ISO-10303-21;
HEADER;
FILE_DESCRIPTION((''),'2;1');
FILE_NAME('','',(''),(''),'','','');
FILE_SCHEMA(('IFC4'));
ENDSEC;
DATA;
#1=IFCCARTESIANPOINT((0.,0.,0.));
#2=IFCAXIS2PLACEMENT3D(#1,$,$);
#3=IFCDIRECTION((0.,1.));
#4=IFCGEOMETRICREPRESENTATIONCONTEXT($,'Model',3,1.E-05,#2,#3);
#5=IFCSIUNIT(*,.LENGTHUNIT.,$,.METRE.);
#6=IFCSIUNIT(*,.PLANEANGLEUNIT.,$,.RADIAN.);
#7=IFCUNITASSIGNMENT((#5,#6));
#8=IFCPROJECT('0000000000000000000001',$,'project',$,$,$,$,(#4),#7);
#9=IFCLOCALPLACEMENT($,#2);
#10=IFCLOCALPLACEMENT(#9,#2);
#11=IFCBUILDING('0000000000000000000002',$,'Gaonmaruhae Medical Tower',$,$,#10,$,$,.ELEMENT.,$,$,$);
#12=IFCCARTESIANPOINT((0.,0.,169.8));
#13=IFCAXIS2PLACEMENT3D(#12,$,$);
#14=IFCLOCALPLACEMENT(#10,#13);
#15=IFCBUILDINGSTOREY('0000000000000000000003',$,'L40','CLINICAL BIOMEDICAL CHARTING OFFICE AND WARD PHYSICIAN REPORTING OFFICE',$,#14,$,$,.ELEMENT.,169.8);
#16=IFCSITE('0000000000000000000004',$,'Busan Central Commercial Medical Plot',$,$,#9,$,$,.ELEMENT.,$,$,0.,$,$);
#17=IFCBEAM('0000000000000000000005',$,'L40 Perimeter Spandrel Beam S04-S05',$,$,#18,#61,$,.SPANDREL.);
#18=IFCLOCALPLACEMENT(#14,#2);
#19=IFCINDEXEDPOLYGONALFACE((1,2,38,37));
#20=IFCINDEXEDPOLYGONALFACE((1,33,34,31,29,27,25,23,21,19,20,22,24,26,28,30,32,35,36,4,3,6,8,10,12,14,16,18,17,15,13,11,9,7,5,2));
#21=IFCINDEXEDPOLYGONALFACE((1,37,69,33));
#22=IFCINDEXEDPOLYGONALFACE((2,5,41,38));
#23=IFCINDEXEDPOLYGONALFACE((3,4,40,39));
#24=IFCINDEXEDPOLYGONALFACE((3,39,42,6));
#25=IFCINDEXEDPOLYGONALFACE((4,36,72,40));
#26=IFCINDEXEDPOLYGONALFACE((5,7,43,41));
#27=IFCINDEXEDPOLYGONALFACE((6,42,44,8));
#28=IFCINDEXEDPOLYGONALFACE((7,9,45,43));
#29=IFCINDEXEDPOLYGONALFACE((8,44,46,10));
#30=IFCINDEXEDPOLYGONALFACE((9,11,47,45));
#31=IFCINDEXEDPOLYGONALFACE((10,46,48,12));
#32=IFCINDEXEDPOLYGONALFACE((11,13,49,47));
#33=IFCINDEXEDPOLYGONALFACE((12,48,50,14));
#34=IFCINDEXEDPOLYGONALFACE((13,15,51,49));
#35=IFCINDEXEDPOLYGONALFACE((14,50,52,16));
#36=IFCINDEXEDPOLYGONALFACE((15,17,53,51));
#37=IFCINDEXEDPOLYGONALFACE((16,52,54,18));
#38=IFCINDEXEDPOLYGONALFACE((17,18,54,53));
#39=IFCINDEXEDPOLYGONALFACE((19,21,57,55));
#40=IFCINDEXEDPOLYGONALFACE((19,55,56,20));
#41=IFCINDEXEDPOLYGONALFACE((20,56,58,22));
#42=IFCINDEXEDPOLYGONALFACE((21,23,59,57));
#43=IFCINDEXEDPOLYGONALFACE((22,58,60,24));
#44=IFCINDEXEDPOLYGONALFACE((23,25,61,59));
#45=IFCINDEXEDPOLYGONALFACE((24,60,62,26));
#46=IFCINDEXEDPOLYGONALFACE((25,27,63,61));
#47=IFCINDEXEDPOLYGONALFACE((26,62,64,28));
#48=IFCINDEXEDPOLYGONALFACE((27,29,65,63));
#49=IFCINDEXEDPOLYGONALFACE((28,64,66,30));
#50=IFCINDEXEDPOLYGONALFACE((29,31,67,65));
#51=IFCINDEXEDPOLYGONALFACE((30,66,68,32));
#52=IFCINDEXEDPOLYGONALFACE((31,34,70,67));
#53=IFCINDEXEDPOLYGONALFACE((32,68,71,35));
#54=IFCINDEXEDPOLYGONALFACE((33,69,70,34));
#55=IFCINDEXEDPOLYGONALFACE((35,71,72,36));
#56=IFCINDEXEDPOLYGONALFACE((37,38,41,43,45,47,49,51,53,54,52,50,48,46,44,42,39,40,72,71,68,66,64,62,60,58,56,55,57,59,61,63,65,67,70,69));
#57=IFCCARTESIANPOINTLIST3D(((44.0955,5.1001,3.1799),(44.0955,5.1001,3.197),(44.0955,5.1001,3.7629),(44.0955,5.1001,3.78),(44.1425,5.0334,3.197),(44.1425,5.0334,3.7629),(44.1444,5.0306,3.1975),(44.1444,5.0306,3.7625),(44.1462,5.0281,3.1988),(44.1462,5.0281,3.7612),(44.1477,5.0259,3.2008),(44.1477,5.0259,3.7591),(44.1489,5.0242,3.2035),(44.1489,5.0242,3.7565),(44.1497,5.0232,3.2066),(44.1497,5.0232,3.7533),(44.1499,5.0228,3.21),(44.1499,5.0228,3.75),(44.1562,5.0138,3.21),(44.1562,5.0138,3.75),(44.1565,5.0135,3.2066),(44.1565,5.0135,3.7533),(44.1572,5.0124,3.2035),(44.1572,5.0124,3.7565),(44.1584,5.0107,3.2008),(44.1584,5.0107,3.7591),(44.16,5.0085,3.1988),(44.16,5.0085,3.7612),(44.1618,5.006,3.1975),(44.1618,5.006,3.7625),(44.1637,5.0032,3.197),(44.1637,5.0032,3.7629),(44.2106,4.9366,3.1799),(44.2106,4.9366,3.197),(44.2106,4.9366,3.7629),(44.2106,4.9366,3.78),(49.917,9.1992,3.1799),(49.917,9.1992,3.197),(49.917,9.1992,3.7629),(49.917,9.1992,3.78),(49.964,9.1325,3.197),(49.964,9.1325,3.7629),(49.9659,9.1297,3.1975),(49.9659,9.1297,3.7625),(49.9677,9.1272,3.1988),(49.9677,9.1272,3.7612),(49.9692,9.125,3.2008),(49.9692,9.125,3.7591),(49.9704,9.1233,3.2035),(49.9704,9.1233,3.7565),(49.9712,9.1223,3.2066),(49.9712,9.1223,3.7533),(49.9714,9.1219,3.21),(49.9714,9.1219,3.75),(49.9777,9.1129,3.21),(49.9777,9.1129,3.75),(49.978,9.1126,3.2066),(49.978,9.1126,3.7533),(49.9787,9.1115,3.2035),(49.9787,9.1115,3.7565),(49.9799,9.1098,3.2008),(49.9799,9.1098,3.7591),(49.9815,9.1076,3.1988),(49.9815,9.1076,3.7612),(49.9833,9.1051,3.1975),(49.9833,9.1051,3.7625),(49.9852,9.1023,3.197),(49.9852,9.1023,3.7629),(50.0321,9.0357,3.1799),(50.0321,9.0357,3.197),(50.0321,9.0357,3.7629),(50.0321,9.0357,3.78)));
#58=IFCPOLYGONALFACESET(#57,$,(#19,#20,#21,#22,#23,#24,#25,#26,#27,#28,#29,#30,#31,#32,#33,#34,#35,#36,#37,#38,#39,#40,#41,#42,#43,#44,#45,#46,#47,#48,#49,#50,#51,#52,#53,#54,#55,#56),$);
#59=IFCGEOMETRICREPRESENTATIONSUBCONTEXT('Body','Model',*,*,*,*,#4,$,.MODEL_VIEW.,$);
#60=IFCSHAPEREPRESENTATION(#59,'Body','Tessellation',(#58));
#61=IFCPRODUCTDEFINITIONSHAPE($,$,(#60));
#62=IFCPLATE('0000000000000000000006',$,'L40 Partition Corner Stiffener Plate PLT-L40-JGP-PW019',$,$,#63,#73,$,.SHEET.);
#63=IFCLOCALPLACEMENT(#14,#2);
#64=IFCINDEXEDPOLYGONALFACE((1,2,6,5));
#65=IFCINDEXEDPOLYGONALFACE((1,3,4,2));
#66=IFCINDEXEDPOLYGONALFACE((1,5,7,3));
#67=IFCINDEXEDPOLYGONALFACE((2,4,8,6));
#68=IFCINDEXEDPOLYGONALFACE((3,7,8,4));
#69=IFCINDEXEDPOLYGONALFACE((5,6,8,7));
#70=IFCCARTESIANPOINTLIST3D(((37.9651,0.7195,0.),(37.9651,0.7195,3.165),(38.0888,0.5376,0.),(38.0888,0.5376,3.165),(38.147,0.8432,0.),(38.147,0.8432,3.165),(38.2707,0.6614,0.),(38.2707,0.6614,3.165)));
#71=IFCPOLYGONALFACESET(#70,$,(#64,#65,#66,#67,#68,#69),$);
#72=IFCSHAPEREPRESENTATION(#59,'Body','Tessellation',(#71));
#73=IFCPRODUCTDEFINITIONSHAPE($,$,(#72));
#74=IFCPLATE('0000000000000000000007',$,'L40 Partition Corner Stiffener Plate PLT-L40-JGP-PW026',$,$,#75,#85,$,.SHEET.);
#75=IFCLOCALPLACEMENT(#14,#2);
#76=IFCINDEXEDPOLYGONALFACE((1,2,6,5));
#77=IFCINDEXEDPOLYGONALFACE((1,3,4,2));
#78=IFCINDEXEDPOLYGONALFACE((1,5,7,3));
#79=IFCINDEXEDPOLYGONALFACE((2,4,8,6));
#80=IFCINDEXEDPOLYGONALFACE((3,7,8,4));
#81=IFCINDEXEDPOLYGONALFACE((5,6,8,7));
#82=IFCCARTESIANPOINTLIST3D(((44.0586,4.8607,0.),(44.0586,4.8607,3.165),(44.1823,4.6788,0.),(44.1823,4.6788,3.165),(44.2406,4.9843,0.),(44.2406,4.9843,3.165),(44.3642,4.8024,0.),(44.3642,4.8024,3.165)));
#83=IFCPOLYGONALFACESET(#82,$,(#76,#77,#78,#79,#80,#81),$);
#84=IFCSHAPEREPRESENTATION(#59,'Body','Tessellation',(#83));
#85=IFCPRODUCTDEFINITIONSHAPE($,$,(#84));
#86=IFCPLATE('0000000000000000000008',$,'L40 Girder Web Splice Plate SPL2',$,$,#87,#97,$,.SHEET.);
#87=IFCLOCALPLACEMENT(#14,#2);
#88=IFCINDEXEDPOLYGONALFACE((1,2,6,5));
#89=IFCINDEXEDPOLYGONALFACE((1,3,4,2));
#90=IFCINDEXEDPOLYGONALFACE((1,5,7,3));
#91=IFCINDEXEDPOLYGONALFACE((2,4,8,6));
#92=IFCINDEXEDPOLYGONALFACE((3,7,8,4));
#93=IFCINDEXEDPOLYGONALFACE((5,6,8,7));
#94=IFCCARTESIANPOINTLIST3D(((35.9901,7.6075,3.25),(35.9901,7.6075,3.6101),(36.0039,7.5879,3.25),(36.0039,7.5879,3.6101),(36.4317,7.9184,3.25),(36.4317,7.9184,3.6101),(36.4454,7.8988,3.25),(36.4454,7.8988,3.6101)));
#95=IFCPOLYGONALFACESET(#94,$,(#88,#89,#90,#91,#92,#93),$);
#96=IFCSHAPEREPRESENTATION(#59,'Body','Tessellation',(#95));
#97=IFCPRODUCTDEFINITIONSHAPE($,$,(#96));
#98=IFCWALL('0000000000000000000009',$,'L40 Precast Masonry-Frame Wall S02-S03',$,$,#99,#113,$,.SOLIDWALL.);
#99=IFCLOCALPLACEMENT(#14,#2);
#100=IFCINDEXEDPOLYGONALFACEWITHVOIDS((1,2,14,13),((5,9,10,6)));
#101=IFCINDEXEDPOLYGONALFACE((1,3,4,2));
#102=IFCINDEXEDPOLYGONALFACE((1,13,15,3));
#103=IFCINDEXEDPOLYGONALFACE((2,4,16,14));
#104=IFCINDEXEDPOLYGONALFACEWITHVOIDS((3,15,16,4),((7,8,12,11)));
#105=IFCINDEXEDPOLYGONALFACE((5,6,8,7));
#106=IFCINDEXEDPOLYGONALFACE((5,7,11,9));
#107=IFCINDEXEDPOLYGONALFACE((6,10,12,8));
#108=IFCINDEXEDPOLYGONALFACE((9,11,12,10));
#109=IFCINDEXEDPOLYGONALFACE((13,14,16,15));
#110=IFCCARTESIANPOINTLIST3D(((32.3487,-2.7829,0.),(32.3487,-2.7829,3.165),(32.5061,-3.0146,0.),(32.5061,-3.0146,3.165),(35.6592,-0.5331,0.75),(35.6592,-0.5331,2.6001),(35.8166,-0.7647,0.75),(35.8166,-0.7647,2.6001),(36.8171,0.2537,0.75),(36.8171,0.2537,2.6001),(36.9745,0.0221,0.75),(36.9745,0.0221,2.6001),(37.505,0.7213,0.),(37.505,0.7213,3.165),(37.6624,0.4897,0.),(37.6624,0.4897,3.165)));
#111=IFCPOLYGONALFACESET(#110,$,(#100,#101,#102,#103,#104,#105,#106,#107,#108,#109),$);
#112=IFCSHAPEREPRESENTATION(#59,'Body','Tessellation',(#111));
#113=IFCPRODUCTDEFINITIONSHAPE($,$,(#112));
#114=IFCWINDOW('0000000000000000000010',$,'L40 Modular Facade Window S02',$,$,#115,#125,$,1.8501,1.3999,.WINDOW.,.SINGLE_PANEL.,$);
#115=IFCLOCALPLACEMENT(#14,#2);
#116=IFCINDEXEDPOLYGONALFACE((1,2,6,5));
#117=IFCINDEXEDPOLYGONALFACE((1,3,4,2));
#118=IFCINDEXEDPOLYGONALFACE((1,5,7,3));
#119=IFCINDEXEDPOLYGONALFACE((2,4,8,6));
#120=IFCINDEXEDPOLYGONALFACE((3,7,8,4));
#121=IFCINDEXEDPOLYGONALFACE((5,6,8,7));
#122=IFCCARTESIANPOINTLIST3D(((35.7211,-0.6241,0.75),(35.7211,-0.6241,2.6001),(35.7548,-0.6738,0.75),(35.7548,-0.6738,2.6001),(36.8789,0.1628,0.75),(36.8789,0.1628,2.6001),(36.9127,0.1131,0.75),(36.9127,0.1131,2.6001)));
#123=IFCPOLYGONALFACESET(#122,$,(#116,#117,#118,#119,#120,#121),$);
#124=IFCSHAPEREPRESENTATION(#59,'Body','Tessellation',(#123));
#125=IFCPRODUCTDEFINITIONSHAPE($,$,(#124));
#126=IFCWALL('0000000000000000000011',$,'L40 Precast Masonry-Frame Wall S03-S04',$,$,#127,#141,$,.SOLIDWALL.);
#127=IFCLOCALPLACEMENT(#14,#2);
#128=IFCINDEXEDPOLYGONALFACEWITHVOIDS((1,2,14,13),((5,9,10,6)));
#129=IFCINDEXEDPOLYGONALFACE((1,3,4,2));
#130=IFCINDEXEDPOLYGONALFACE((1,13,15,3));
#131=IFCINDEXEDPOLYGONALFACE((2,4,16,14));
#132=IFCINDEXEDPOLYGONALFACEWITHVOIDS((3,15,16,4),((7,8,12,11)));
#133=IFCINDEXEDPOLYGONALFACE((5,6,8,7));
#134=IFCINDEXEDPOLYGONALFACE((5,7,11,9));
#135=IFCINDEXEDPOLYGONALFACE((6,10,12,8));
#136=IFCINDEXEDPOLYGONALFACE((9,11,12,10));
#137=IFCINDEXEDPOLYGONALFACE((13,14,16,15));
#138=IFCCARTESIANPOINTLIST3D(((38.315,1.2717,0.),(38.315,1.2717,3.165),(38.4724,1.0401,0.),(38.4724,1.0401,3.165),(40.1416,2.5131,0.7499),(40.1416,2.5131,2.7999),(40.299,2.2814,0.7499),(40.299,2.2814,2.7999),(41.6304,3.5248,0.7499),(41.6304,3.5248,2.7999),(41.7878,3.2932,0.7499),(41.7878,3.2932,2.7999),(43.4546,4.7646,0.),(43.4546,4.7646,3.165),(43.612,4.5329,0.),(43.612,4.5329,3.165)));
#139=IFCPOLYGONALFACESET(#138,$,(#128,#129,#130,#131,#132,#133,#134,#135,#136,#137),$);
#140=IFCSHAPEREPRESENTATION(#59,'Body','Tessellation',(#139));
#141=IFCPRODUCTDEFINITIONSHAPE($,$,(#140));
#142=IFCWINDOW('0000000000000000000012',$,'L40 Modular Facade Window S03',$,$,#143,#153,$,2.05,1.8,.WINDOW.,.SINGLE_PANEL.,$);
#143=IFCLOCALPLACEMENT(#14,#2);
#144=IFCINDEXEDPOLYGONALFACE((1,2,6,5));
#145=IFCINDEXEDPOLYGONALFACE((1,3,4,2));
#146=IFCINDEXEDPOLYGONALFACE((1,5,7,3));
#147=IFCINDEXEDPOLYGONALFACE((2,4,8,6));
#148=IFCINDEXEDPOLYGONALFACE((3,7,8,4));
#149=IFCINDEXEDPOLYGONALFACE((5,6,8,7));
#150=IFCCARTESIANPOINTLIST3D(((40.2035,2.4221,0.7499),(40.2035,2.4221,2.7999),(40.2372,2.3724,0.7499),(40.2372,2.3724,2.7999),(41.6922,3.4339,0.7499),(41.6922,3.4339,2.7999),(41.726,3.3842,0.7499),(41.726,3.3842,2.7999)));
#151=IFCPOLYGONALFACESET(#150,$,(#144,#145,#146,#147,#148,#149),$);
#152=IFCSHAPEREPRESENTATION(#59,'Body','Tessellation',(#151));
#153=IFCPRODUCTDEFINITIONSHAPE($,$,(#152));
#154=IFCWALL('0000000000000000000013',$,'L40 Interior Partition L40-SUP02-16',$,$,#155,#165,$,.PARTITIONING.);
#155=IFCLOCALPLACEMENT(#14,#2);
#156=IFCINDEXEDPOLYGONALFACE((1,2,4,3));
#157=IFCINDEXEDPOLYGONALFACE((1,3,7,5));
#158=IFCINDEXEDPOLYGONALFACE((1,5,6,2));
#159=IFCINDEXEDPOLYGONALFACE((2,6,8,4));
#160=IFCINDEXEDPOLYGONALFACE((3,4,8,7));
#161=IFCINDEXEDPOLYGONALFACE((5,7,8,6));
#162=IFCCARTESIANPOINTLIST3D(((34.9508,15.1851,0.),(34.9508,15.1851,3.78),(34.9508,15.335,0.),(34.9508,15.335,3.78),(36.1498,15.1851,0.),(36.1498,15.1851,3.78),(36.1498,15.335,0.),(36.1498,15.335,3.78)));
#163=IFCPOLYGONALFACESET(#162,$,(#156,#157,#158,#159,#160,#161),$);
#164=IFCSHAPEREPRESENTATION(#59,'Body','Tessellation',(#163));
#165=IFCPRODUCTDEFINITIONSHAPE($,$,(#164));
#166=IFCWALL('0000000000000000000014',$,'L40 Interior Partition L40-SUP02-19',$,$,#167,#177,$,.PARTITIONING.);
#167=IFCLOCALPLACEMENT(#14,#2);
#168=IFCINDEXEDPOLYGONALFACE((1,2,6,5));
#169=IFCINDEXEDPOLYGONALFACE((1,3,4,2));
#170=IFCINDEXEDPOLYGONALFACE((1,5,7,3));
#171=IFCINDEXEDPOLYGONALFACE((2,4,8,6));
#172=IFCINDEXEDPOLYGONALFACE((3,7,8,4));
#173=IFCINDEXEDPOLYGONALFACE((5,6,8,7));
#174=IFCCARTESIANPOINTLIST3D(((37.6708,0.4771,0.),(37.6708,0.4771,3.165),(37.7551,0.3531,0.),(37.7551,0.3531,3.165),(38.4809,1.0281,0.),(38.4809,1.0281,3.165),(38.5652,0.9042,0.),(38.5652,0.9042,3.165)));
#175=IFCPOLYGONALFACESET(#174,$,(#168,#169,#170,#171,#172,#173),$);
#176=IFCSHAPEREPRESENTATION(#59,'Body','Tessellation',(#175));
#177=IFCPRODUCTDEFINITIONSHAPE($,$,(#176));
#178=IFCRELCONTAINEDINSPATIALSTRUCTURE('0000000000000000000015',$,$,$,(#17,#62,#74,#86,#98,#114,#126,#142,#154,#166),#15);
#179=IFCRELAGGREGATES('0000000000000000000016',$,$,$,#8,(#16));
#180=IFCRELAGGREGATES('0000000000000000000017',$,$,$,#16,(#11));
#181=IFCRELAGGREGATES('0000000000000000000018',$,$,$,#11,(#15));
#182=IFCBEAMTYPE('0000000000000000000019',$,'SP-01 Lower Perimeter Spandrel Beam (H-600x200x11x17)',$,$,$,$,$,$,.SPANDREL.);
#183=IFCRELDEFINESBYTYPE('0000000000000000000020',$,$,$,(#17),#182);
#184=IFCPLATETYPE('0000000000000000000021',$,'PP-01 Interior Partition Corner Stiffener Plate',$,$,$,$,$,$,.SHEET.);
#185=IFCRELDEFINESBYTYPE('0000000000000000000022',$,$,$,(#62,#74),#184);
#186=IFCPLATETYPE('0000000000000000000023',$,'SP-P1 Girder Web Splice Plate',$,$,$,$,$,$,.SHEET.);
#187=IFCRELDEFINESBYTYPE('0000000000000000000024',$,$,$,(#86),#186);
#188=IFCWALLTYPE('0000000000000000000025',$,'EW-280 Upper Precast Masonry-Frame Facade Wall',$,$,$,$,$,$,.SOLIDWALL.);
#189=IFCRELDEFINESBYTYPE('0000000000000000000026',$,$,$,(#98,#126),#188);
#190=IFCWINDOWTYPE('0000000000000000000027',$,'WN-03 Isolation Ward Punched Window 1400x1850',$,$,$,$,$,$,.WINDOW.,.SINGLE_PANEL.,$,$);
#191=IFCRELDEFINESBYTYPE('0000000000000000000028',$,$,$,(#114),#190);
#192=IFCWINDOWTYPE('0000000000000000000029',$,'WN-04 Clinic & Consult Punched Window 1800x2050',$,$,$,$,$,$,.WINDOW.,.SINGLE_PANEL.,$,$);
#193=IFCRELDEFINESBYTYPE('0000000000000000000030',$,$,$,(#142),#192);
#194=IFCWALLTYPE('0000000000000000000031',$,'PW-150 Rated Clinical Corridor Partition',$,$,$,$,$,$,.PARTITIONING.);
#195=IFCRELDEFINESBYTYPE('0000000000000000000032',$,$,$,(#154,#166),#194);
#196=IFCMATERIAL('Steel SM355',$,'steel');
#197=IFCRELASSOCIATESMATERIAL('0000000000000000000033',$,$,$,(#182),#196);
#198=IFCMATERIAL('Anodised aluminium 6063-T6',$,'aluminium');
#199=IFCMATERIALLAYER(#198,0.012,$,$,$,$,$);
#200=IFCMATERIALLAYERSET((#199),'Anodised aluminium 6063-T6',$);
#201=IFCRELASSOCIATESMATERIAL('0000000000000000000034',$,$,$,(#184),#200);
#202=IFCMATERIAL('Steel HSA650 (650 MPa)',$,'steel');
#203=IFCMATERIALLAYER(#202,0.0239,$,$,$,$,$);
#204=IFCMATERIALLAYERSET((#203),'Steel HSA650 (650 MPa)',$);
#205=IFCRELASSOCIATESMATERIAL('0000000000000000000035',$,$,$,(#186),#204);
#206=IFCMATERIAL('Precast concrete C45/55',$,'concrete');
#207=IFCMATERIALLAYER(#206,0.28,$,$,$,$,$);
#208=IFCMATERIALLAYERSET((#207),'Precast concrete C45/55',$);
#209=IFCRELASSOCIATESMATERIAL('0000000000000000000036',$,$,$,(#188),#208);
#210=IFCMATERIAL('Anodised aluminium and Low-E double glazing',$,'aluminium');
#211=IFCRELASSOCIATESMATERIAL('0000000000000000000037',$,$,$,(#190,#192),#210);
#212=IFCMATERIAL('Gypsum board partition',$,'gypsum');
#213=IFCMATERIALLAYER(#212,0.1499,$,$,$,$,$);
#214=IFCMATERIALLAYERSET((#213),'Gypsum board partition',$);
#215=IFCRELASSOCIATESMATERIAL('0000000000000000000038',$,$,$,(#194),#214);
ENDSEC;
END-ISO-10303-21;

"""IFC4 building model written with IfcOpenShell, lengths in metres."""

from ifc_helpers import new_model, si_unit, direction, frame, frame_2d, origin, origin_2d, place, context, subcontext, project, spatial, rectangle, i_section, extrude, material, layer, layer_set, material_profile, profile_set, type_object, element, fill, save


model = new_model("IFC4")

# Units and contexts
model_context = context("Model", 3, precision=1e-05, world=origin(), true_north=direction((0.0, 1.0)))
body_context = subcontext(model_context, "Body", "Model", "MODEL_VIEW")
ifc_project = project(units=[si_unit("LENGTHUNIT", "METRE"), si_unit("PLANEANGLEUNIT", "RADIAN")], contexts=[model_context])

# Site, building, storey
site_placement = place(None, origin())
site = spatial("IfcSite", under=ifc_project, at=site_placement, Name="Busan Central Commercial Medical Plot", CompositionType="ELEMENT", RefElevation=0.0)
building_placement = place(site_placement, origin())
building = spatial("IfcBuilding", under=site, at=building_placement, Name="Gaonmaruhae Medical Tower", CompositionType="ELEMENT")
storey_placement = place(building_placement, frame((0.0, 0.0, 169.8)))
storey = spatial("IfcBuildingStorey", under=building, at=storey_placement, Name="L40", Description="CLINICAL BIOMEDICAL CHARTING OFFICE AND WARD PHYSICIAN REPORTING OFFICE", CompositionType="ELEMENT", Elevation=169.8)

# Beam
ifc_material_1 = material(Name="Steel SM355", Category="steel")
ifc_material_profile_1 = material_profile(ifc_material_1, i_section(OverallWidth=0.2, OverallDepth=0.6001, WebThickness=0.011, FlangeThickness=0.0171, FilletRadius=0.0129, at=origin_2d()), Name="H-600x200x11x17")
ifc_profile_set_1 = profile_set([ifc_material_profile_1], Name="Steel SM355")
beam_type_1 = type_object("IfcBeamType", Name="SP-01 Lower Perimeter Spandrel Beam (H-600x200x11x17)", PredefinedType="SPANDREL", material=ifc_profile_set_1)
beam_1_placement = place(storey_placement, frame((44.1531, 5.0183, 3.48), z_axis=(0.817642, 0.575727, 0.0), x_axis=(-0.575727, 0.817642, 0.0)))
element("IfcBeam", 1, at=beam_1_placement, inside=storey, type_object=beam_type_1, Name="L40 Perimeter Spandrel Beam S04-S05", PredefinedType="SPANDREL", context=body_context, shape_type="SweptSolid", body=[
    extrude(i_section(OverallWidth=0.2, OverallDepth=0.6001, WebThickness=0.011, FlangeThickness=0.0171, FilletRadius=0.0129, at=origin_2d()), origin(), (0.0, 0.0, 1.0), 7.1199),
])

# Plates
ifc_material_2 = material(Name="Anodised aluminium 6063-T6", Category="aluminium")
ifc_layer_1 = layer(ifc_material_2, 0.012)
ifc_layer_set_1 = layer_set([ifc_layer_1], Name="Anodised aluminium 6063-T6")
plate_type_1 = type_object("IfcPlateType", Name="PP-01 Interior Partition Corner Stiffener Plate", PredefinedType="SHEET", material=ifc_layer_set_1)
for number, where, z_axis, x_axis, name in (
    (2, (38.1179, 0.6904, 0.0), (0.0, 0.0, 1.0), (-0.826835, -0.562444, 0.0), "L40 Partition Corner Stiffener Plate PLT-L40-JGP-PW019"),
    (3, (44.2114, 4.8315, 0.0), (0.0, 0.0, 1.0), (-0.8271, -0.562055, 0.0), "L40 Partition Corner Stiffener Plate PLT-L40-JGP-PW026"),
):
    element("IfcPlate", number, at=place(storey_placement, frame(where, z_axis=z_axis, x_axis=x_axis)), inside=storey, type_object=plate_type_1, Name=name, PredefinedType="SHEET", context=body_context, shape_type="SweptSolid", body=[
        extrude(rectangle(XDim=0.22, YDim=0.22, at=origin_2d()), origin(), (0.0, 0.0, 1.0), 3.165),
    ])
ifc_material_3 = material(Name="Steel HSA650 (650 MPa)", Category="steel")
ifc_layer_2 = layer(ifc_material_3, 0.0239)
ifc_layer_set_2 = layer_set([ifc_layer_2], Name="Steel HSA650 (650 MPa)")
plate_type_2 = type_object("IfcPlateType", Name="SP-P1 Girder Web Splice Plate", PredefinedType="SHEET", material=ifc_layer_set_2)
plate_placement = place(storey_placement, frame((36.2178, 7.7532, 3.25), z_axis=(0.0, 0.0, 1.0), x_axis=(0.817648, 0.575719, 0.0)))
element("IfcPlate", 4, at=plate_placement, inside=storey, type_object=plate_type_2, Name="L40 Girder Web Splice Plate SPL2", PredefinedType="SHEET", context=body_context, shape_type="SweptSolid", body=[
    extrude(rectangle(XDim=0.54, YDim=0.0239, at=origin_2d()), origin(), (0.0, 0.0, 1.0), 0.3601),
])

# Walls, openings, windows
ifc_material_4 = material(Name="Precast concrete C45/55", Category="concrete")
ifc_layer_3 = layer(ifc_material_4, 0.28)
ifc_layer_set_3 = layer_set([ifc_layer_3], Name="Precast concrete C45/55")
wall_type_1 = type_object("IfcWallType", Name="EW-280 Upper Precast Masonry-Frame Facade Wall", PredefinedType="SOLIDWALL", material=ifc_layer_set_3)
wall_1_placement = place(storey_placement, frame((37.5837, 0.6055, 0.0), z_axis=(0.0, 0.0, 1.0), x_axis=(-0.827083, -0.56208, 0.0)))
wall_1 = element("IfcWall", 5, at=wall_1_placement, inside=storey, type_object=wall_type_1, Name="L40 Precast Masonry-Frame Wall S02-S03", PredefinedType="SOLIDWALL", context=body_context, shape_type="SweptSolid", body=[
    extrude(rectangle(XDim=6.2344, YDim=0.28, at=frame_2d((3.1172, 0.0))), origin(), (0.0, 0.0, 1.0), 3.165),
])
opening_1_placement = place(wall_1_placement, frame((0.8318, 0.0, 0.75)))
opening_1 = element("IfcOpeningElement", 6, at=opening_1_placement, cuts=wall_1, PredefinedType="OPENING", context=body_context, shape_type="SweptSolid", body=[
    extrude(rectangle(XDim=1.3999, YDim=1.8501, at=frame_2d((0.7, 0.925))), frame((0.0, 0.1499, 0.0), z_axis=(0.0, -1.0, 0.0), x_axis=(1.0, 0.0, 0.0)), (0.0, 0.0, 1.0), 0.3),
])
ifc_material_5 = material(Name="Anodised aluminium and Low-E double glazing", Category="aluminium")
window_type_1 = type_object("IfcWindowType", Name="WN-03 Isolation Ward Punched Window 1400x1850", PartitioningType="SINGLE_PANEL", PredefinedType="WINDOW", material=ifc_material_5)
window_1_placement = place(opening_1_placement, origin())
window_1 = element("IfcWindow", 7, at=window_1_placement, inside=storey, type_object=window_type_1, Name="L40 Modular Facade Window S02", OverallHeight=1.8501, OverallWidth=1.3999, PartitioningType="SINGLE_PANEL", PredefinedType="WINDOW", context=body_context, shape_type="SweptSolid", body=[
    extrude(rectangle(XDim=1.3999, YDim=1.8501, at=frame_2d((0.7, 0.925))), frame((0.0, 0.03, 0.0), z_axis=(0.0, -1.0, 0.0), x_axis=(1.0, 0.0, 0.0)), (0.0, 0.0, 1.0), 0.0601),
])
fill(opening_1, window_1)
wall_2_placement = place(storey_placement, frame((43.5332, 4.6487, 0.0), z_axis=(0.0, 0.0, 1.0), x_axis=(-0.827079, -0.562085, 0.0)))
wall_2 = element("IfcWall", 8, at=wall_2_placement, inside=storey, type_object=wall_type_1, Name="L40 Precast Masonry-Frame Wall S03-S04", PredefinedType="SOLIDWALL", context=body_context, shape_type="SweptSolid", body=[
    extrude(rectangle(XDim=6.2141, YDim=0.28, at=frame_2d((3.1069, 0.0))), origin(), (0.0, 0.0, 1.0), 3.165),
])
opening_2_placement = place(wall_2_placement, frame((2.2056, 0.0, 0.75)))
opening_2 = element("IfcOpeningElement", 9, at=opening_2_placement, cuts=wall_2, PredefinedType="OPENING", context=body_context, shape_type="SweptSolid", body=[
    extrude(rectangle(XDim=1.8, YDim=2.05, at=frame_2d((0.8999, 1.0249))), frame((0.0, 0.1499, 0.0), z_axis=(0.0, -1.0, 0.0), x_axis=(1.0, 0.0, 0.0)), (0.0, 0.0, 1.0), 0.3),
])
window_type_2 = type_object("IfcWindowType", Name="WN-04 Clinic & Consult Punched Window 1800x2050", PartitioningType="SINGLE_PANEL", PredefinedType="WINDOW", material=ifc_material_5)
window_2_placement = place(opening_2_placement, origin())
window_2 = element("IfcWindow", 10, at=window_2_placement, inside=storey, type_object=window_type_2, Name="L40 Modular Facade Window S03", OverallHeight=2.05, OverallWidth=1.8, PartitioningType="SINGLE_PANEL", PredefinedType="WINDOW", context=body_context, shape_type="SweptSolid", body=[
    extrude(rectangle(XDim=1.8, YDim=2.05, at=frame_2d((0.8999, 1.0249))), frame((0.0, 0.03, 0.0), z_axis=(0.0, -1.0, 0.0), x_axis=(1.0, 0.0, 0.0)), (0.0, 0.0, 1.0), 0.0601),
])
fill(opening_2, window_2)

# Walls
ifc_material_6 = material(Name="Gypsum board partition", Category="gypsum")
ifc_layer_4 = layer(ifc_material_6, 0.1499)
ifc_layer_set_4 = layer_set([ifc_layer_4], Name="Gypsum board partition")
wall_type_2 = type_object("IfcWallType", Name="PW-150 Rated Clinical Corridor Partition", PredefinedType="PARTITIONING", material=ifc_layer_set_4)
wall_3_placement = place(storey_placement, frame((36.1499, 15.26, 0.0), z_axis=(0.0, 0.0, 1.0), x_axis=(-1.0, 0.0, 0.0)))
element("IfcWall", 11, at=wall_3_placement, inside=storey, type_object=wall_type_2, Name="L40 Interior Partition L40-SUP02-16", PredefinedType="PARTITIONING", context=body_context, shape_type="SweptSolid", body=[
    extrude(rectangle(XDim=1.199, YDim=0.1499, at=frame_2d((0.5996, 0.0))), origin(), (0.0, 0.0, 1.0), 3.78),
])
wall_4_placement = place(storey_placement, frame((38.5229, 0.9661, 0.0), z_axis=(0.0, 0.0, 1.0), x_axis=(-0.826838, -0.56244, 0.0)))
element("IfcWall", 12, at=wall_4_placement, inside=storey, type_object=wall_type_2, Name="L40 Interior Partition L40-SUP02-19", PredefinedType="PARTITIONING", context=body_context, shape_type="SweptSolid", body=[
    extrude(rectangle(XDim=0.9797, YDim=0.1499, at=frame_2d((0.4897, 0.0))), origin(), (0.0, 0.0, 1.0), 3.165),
])

save(model, "model.ifc")
